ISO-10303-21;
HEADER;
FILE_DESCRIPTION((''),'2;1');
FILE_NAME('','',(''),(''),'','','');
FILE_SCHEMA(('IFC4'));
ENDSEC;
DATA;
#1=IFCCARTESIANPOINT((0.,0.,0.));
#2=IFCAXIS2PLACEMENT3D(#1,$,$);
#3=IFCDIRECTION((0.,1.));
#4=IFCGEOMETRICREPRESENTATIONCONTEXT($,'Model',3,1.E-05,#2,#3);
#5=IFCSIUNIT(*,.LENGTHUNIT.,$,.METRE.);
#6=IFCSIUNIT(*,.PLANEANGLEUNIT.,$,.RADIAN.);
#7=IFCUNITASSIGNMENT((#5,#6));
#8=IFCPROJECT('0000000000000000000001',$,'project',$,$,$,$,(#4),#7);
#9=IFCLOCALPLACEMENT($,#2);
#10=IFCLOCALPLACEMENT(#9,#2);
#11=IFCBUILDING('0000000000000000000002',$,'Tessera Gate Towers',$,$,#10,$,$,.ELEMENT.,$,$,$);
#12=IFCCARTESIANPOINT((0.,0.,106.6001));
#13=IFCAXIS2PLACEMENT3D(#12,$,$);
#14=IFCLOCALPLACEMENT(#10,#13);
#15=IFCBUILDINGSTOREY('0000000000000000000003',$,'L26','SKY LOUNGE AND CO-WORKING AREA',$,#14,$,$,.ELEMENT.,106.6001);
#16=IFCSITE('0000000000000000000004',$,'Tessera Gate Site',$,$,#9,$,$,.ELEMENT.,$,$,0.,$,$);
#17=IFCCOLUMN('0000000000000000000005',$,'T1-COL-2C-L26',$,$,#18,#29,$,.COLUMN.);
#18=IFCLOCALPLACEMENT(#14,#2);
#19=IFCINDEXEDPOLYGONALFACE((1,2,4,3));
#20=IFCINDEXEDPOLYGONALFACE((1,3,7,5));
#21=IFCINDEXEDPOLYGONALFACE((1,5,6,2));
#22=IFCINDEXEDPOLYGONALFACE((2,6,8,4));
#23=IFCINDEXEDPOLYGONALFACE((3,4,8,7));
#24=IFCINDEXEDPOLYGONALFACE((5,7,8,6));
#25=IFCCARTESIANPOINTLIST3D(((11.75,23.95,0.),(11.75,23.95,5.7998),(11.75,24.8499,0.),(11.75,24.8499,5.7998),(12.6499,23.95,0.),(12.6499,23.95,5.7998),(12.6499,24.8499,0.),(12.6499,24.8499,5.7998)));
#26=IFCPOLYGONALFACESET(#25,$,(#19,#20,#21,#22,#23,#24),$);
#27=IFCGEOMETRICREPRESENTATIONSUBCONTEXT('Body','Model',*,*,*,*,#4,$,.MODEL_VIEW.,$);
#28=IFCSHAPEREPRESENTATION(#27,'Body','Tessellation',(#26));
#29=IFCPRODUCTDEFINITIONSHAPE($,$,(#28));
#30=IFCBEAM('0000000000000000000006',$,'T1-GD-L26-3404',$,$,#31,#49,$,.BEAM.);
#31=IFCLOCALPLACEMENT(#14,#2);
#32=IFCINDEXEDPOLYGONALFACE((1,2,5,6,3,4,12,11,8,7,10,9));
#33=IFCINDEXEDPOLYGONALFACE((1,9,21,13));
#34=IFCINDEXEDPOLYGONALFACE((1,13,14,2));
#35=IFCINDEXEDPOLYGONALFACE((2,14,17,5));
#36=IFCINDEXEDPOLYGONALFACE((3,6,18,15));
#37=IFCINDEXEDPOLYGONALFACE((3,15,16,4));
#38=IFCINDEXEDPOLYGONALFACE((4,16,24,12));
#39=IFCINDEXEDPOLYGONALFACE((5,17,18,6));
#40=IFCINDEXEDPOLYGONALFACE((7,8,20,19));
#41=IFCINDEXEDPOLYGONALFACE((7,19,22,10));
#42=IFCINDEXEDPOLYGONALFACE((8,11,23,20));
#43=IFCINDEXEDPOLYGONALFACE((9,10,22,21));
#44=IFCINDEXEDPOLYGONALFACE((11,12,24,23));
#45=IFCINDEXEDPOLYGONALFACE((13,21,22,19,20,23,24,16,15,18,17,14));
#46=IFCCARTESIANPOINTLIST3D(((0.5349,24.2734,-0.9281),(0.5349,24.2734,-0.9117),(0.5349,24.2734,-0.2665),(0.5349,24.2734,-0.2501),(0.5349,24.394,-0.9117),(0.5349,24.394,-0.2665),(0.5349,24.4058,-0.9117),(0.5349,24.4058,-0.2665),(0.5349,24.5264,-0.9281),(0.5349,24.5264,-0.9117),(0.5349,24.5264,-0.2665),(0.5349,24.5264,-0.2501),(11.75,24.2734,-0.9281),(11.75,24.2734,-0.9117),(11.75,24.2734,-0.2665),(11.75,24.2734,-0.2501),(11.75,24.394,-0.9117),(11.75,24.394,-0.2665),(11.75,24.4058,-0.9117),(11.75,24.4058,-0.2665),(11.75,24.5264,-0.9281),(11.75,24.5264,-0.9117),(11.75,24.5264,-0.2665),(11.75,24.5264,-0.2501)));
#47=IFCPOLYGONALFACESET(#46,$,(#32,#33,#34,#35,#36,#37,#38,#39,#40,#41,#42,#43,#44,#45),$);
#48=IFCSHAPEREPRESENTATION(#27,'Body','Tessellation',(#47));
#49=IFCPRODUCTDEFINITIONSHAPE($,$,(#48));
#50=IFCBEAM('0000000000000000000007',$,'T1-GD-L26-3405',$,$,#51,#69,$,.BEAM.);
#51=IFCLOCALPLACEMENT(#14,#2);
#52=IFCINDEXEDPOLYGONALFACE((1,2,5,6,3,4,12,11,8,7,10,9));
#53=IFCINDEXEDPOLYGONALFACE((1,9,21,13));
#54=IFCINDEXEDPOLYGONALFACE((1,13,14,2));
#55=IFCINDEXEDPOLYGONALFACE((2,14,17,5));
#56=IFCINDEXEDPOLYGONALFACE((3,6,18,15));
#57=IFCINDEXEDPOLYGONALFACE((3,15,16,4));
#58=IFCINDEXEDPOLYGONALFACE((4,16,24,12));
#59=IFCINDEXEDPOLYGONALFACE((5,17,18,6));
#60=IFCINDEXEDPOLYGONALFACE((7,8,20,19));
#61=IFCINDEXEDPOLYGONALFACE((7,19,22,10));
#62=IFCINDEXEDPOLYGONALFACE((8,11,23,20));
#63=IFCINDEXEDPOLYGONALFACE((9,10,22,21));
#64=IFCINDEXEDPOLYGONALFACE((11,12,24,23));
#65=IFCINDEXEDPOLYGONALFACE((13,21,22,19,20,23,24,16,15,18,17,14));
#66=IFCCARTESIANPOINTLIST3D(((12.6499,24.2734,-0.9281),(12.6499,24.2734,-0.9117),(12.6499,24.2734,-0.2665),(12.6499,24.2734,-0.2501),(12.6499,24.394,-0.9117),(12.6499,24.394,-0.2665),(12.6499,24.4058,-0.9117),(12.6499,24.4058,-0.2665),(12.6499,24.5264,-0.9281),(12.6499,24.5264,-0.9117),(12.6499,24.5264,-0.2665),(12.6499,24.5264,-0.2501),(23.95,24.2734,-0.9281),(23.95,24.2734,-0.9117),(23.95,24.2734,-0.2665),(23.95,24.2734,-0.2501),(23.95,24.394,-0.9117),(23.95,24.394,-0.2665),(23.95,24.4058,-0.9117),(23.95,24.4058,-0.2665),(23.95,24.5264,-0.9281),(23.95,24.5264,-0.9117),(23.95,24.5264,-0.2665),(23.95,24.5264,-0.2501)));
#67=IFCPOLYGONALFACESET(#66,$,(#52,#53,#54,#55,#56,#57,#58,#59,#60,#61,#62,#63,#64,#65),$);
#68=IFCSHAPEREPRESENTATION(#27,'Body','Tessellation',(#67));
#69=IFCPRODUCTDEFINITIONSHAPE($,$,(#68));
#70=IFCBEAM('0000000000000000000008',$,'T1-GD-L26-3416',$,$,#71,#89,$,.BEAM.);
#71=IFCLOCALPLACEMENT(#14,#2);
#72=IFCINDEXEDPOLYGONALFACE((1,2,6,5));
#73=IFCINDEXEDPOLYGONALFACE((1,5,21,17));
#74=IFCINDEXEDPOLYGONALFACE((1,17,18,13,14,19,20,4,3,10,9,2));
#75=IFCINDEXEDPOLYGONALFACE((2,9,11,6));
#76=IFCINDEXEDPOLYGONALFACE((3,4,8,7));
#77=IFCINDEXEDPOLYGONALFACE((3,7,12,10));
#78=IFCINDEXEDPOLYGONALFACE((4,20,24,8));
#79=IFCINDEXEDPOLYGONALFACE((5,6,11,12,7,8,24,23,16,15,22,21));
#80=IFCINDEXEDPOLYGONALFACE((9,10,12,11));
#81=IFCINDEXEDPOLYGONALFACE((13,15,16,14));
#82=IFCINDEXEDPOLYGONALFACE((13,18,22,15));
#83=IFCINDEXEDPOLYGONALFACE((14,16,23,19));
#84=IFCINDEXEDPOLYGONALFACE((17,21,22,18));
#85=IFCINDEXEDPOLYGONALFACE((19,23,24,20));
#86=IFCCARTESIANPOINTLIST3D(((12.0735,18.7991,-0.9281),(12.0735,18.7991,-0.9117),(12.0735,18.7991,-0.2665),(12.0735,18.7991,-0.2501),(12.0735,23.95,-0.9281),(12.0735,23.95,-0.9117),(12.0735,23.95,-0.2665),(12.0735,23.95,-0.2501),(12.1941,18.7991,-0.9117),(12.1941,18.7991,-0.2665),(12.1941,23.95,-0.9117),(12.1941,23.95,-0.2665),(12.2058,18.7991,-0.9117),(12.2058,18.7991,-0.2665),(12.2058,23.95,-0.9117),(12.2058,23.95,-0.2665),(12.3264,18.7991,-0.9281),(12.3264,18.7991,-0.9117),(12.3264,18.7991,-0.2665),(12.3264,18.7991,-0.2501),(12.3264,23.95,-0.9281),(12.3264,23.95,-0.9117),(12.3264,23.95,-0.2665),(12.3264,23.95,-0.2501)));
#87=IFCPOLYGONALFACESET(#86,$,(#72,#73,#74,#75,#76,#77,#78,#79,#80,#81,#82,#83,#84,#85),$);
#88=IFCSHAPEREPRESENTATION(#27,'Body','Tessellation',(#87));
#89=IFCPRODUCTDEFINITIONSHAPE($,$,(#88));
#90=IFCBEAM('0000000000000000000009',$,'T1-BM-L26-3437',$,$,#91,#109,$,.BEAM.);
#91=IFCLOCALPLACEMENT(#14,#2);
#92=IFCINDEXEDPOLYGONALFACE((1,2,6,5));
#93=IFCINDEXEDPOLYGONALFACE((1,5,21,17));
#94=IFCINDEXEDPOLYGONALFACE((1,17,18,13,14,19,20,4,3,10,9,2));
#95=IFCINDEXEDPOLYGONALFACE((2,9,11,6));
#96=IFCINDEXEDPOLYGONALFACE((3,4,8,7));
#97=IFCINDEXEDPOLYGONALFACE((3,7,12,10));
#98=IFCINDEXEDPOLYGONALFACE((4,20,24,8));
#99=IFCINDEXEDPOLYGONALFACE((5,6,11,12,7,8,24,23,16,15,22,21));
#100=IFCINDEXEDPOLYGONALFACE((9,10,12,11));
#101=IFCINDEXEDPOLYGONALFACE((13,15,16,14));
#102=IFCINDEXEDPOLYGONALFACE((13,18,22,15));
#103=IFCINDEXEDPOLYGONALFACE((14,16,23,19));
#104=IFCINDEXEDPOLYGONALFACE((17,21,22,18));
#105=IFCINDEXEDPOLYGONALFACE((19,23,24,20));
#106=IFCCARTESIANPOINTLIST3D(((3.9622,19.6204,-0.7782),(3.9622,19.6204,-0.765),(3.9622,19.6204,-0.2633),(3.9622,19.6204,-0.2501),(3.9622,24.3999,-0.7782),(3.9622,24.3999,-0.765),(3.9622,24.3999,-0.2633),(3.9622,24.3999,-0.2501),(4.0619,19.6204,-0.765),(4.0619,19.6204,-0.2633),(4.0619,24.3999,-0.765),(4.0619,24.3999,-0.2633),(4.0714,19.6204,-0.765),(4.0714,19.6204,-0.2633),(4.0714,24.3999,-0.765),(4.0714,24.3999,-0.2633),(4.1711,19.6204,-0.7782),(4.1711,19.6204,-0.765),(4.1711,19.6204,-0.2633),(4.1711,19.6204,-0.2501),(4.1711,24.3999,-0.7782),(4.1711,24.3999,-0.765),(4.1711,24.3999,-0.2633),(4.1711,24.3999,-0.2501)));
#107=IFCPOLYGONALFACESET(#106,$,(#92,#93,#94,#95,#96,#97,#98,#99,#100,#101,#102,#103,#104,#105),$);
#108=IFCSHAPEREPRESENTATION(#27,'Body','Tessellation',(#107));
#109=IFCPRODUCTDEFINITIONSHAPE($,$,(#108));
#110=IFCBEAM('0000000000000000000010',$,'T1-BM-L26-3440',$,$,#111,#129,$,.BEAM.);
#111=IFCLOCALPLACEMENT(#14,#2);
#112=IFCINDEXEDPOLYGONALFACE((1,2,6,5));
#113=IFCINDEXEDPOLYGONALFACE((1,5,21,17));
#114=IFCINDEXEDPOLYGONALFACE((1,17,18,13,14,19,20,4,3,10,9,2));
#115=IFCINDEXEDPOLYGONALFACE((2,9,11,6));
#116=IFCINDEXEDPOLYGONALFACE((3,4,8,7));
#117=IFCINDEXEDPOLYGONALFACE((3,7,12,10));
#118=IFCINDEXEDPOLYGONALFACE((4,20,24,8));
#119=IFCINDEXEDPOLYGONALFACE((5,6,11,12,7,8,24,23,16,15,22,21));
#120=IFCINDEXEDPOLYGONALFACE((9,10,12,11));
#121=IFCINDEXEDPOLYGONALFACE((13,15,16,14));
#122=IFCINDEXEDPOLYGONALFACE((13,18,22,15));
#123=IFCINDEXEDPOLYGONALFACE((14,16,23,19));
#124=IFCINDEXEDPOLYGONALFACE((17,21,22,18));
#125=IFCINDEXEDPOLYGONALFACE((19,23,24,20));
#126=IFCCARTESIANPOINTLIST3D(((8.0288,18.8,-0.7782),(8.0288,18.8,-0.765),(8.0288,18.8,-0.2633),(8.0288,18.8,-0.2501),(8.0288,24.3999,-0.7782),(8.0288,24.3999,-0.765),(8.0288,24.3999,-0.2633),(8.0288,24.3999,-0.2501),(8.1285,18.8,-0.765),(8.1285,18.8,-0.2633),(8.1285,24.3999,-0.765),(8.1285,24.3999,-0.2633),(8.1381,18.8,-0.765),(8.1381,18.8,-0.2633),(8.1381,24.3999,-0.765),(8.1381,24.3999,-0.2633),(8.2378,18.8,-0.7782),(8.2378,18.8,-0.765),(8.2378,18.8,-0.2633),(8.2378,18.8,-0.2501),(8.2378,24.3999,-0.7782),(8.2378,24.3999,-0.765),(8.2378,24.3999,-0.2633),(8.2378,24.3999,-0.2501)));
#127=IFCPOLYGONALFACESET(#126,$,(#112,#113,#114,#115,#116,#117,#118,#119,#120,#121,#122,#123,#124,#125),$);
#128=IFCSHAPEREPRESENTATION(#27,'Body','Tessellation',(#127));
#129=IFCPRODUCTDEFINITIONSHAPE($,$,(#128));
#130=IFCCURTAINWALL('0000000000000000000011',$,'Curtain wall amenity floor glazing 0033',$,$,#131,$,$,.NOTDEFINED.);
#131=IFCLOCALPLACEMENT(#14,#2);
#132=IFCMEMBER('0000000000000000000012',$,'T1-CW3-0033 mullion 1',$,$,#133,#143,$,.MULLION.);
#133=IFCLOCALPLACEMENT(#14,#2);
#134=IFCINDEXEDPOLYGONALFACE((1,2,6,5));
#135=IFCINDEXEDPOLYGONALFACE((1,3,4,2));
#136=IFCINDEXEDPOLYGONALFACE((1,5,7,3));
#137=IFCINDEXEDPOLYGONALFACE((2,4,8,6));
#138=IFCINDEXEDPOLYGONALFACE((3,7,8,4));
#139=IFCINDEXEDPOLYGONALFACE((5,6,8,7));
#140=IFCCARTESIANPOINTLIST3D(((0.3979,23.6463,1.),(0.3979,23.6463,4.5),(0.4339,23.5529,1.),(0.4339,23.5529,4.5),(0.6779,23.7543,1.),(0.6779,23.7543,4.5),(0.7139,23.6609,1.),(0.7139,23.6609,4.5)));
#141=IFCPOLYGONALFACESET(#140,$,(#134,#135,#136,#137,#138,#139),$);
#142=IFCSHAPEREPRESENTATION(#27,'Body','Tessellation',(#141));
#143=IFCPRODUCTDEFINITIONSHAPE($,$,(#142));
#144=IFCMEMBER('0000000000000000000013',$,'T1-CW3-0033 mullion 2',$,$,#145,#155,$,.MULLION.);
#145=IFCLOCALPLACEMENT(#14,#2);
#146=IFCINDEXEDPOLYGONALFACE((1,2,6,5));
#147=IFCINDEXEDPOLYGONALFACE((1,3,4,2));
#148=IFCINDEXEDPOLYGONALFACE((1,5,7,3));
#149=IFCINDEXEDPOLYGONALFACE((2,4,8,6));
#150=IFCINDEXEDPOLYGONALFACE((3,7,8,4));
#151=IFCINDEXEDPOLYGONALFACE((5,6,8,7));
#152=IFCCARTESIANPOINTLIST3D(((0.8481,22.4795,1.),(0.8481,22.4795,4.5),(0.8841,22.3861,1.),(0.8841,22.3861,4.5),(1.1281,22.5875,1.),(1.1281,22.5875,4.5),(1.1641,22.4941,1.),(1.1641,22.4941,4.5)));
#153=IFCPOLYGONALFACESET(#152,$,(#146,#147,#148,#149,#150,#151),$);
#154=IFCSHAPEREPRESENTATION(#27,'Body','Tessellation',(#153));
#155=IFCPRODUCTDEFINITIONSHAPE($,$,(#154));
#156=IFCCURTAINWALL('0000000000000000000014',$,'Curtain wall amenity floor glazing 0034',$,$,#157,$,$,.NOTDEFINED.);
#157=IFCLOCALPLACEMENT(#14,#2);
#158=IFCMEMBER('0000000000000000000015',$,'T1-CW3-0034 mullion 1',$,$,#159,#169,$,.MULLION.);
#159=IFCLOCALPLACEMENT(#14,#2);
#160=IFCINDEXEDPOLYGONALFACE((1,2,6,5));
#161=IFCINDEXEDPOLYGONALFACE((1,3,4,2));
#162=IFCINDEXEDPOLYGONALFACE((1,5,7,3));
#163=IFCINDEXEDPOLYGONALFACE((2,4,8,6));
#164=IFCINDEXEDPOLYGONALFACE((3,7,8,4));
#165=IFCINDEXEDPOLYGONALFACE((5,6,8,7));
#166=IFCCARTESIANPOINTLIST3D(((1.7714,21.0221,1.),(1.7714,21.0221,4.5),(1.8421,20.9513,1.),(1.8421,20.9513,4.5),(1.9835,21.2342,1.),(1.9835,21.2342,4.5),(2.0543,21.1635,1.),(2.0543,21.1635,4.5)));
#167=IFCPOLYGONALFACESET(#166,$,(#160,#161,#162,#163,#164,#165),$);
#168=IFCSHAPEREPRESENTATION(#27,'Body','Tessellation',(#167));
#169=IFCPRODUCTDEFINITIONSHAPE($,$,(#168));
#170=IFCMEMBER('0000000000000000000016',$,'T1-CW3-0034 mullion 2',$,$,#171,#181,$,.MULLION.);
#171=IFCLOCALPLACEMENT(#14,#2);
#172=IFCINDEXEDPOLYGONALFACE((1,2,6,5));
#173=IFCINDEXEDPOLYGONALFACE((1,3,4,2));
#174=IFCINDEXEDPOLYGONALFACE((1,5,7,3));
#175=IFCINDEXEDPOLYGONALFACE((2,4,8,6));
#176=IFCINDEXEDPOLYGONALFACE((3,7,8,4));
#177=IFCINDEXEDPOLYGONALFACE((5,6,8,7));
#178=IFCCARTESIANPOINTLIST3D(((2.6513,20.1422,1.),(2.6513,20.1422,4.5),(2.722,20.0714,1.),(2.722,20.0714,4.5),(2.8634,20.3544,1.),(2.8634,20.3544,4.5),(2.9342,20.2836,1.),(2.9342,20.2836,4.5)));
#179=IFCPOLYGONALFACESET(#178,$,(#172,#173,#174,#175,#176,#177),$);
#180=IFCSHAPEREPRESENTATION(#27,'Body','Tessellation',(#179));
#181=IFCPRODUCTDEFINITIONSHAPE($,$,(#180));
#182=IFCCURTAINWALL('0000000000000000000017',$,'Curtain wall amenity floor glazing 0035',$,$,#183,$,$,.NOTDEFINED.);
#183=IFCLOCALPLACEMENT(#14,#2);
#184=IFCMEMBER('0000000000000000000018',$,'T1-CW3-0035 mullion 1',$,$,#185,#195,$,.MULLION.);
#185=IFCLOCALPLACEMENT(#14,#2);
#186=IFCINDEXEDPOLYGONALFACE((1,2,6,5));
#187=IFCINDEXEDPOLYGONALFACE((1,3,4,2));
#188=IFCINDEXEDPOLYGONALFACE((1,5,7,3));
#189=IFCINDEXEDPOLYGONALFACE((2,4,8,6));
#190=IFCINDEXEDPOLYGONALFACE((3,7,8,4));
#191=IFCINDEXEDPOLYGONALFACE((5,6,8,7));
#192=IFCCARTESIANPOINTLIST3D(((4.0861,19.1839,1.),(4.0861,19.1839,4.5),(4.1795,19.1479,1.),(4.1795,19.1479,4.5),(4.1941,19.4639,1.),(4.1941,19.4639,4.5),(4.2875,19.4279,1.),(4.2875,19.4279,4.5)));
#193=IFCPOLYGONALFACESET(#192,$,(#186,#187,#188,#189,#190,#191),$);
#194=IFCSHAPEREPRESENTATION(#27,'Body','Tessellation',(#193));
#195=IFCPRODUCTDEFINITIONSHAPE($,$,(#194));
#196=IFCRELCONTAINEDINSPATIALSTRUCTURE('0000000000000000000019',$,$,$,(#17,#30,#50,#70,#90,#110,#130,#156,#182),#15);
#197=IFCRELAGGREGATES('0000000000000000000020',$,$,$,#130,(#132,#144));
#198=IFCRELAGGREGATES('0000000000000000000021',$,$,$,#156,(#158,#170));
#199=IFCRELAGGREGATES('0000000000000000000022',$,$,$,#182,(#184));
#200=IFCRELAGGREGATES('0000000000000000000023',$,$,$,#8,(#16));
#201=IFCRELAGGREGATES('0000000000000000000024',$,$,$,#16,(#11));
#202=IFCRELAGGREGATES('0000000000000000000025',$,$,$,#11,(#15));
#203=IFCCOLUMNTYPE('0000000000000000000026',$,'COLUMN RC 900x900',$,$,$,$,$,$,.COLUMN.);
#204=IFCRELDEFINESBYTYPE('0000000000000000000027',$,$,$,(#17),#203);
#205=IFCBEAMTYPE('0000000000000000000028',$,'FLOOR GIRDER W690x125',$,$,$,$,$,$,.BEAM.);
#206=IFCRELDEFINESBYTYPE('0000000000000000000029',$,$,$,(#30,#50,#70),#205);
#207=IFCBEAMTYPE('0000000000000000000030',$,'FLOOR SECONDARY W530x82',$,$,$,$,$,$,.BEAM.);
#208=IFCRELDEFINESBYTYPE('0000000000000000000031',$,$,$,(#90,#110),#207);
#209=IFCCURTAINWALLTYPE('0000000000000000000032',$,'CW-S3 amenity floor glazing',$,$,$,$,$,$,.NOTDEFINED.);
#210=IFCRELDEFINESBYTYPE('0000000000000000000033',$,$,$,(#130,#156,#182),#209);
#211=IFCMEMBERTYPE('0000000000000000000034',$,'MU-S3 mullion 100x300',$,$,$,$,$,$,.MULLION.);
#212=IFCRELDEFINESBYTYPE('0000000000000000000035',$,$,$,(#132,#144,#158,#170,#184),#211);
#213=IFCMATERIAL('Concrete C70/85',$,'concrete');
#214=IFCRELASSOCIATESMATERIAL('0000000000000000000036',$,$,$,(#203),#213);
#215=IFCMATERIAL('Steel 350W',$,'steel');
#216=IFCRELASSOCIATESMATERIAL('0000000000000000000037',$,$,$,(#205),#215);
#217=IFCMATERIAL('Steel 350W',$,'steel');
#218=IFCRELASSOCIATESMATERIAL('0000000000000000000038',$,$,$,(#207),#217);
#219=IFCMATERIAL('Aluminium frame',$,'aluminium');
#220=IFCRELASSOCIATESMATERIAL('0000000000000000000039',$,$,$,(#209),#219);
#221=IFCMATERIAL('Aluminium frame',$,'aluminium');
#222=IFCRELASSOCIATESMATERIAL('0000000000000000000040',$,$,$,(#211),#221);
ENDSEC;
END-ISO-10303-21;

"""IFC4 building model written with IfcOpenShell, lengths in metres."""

from ifc_helpers import new_model, si_unit, direction, frame, origin, origin_2d, place, context, subcontext, project, spatial, rectangle, i_section, extrude, material, material_profile, profile_set, type_object, element, aggregate, save


model = new_model("IFC4")

# Units and contexts
model_context = context("Model", 3, precision=1e-05, world=origin(), true_north=direction((0.0, 1.0)))
body_context = subcontext(model_context, "Body", "Model", "MODEL_VIEW")
ifc_project = project(units=[si_unit("LENGTHUNIT", "METRE"), si_unit("PLANEANGLEUNIT", "RADIAN")], contexts=[model_context])

# Site, building, storey
site_placement = place(None, origin())
site = spatial("IfcSite", under=ifc_project, at=site_placement, Name="Tessera Gate Site", CompositionType="ELEMENT", RefElevation=0.0)
building_placement = place(site_placement, origin())
building = spatial("IfcBuilding", under=site, at=building_placement, Name="Tessera Gate Towers", CompositionType="ELEMENT")
storey_placement = place(building_placement, frame((0.0, 0.0, 106.6001)))
storey = spatial("IfcBuildingStorey", under=building, at=storey_placement, Name="L26", Description="SKY LOUNGE AND CO-WORKING AREA", CompositionType="ELEMENT", Elevation=106.6001)

# Column
ifc_material_1 = material(Name="Concrete C70/85", Category="concrete")
ifc_material_profile_1 = material_profile(ifc_material_1, rectangle(XDim=0.8999, YDim=0.8999, at=origin_2d()), Name="RC 900x900")
ifc_profile_set_1 = profile_set([ifc_material_profile_1], Name="Concrete C70/85")
column_type = type_object("IfcColumnType", Name="COLUMN RC 900x900", PredefinedType="COLUMN", material=ifc_profile_set_1)
column_placement = place(storey_placement, frame((12.2, 24.3999, 0.0), z_axis=(0.0, 0.0, 1.0), x_axis=(1.0, 0.0, 0.0)))
element("IfcColumn", 1, at=column_placement, inside=storey, type_object=column_type, Name="T1-COL-2C-L26", PredefinedType="COLUMN", context=body_context, shape_type="SweptSolid", body=[
    extrude(rectangle(XDim=0.8999, YDim=0.8999, at=origin_2d()), origin(), (0.0, 0.0, 1.0), 5.7998),
])

# Beams
ifc_material_2 = material(Name="Steel 350W", Category="steel")
ifc_material_profile_2 = material_profile(ifc_material_2, i_section(OverallWidth=0.2529, OverallDepth=0.678, WebThickness=0.0117, FlangeThickness=0.0164, at=origin_2d()), Name="W690x125")
ifc_profile_set_2 = profile_set([ifc_material_profile_2], Name="Steel 350W")
beam_type_1 = type_object("IfcBeamType", Name="FLOOR GIRDER W690x125", PredefinedType="BEAM", material=ifc_profile_set_2)
beam_1_placement = place(storey_placement, frame((0.5349, 24.3999, -0.5891), z_axis=(1.0, 0.0, 0.0), x_axis=(0.0, 1.0, 0.0)))
element("IfcBeam", 2, at=beam_1_placement, inside=storey, type_object=beam_type_1, Name="T1-GD-L26-3404", PredefinedType="BEAM", context=body_context, shape_type="SweptSolid", body=[
    extrude(i_section(OverallWidth=0.2529, OverallDepth=0.678, WebThickness=0.0117, FlangeThickness=0.0164, at=origin_2d()), origin(), (0.0, 0.0, 1.0), 11.2151),
])
beam_2_placement = place(storey_placement, frame((12.6499, 24.3999, -0.5891), z_axis=(1.0, 0.0, 0.0), x_axis=(0.0, 1.0, 0.0)))
element("IfcBeam", 3, at=beam_2_placement, inside=storey, type_object=beam_type_1, Name="T1-GD-L26-3405", PredefinedType="BEAM", context=body_context, shape_type="SweptSolid", body=[
    extrude(i_section(OverallWidth=0.2529, OverallDepth=0.678, WebThickness=0.0117, FlangeThickness=0.0164, at=origin_2d()), origin(), (0.0, 0.0, 1.0), 11.3),
])
beam_3_placement = place(storey_placement, frame((12.2, 18.7991, -0.5891), z_axis=(0.0, 1.0, 0.0), x_axis=(-1.0, 0.0, 0.0)))
element("IfcBeam", 4, at=beam_3_placement, inside=storey, type_object=beam_type_1, Name="T1-GD-L26-3416", PredefinedType="BEAM", context=body_context, shape_type="SweptSolid", body=[
    extrude(i_section(OverallWidth=0.2529, OverallDepth=0.678, WebThickness=0.0117, FlangeThickness=0.0164, at=origin_2d()), origin(), (0.0, 0.0, 1.0), 5.1509),
])
ifc_material_3 = material(Name="Steel 350W", Category="steel")
ifc_material_profile_3 = material_profile(ifc_material_3, i_section(OverallWidth=0.209, OverallDepth=0.5281, WebThickness=0.0095, FlangeThickness=0.0132, at=origin_2d()), Name="W530x82")
ifc_profile_set_3 = profile_set([ifc_material_profile_3], Name="Steel 350W")
beam_type_2 = type_object("IfcBeamType", Name="FLOOR SECONDARY W530x82", PredefinedType="BEAM", material=ifc_profile_set_3)
beam_4_placement = place(storey_placement, frame((4.0667, 19.6204, -0.5142), z_axis=(0.0, 1.0, 0.0), x_axis=(-1.0, 0.0, 0.0)))
element("IfcBeam", 5, at=beam_4_placement, inside=storey, type_object=beam_type_2, Name="T1-BM-L26-3437", PredefinedType="BEAM", context=body_context, shape_type="SweptSolid", body=[
    extrude(i_section(OverallWidth=0.209, OverallDepth=0.5281, WebThickness=0.0095, FlangeThickness=0.0132, at=origin_2d()), origin(), (0.0, 0.0, 1.0), 4.7795),
])
beam_5_placement = place(storey_placement, frame((8.1333, 18.8, -0.5142), z_axis=(0.0, 1.0, 0.0), x_axis=(-1.0, 0.0, 0.0)))
element("IfcBeam", 6, at=beam_5_placement, inside=storey, type_object=beam_type_2, Name="T1-BM-L26-3440", PredefinedType="BEAM", context=body_context, shape_type="SweptSolid", body=[
    extrude(i_section(OverallWidth=0.209, OverallDepth=0.5281, WebThickness=0.0095, FlangeThickness=0.0132, at=origin_2d()), origin(), (0.0, 0.0, 1.0), 5.5999),
])

# Curtain walls, members
ifc_material_4 = material(Name="Aluminium frame", Category="aluminium")
curtain_wall_type = type_object("IfcCurtainWallType", Name="CW-S3 amenity floor glazing", PredefinedType="NOTDEFINED", material=ifc_material_4)
curtain_wall_1_placement = place(storey_placement, origin())
curtain_wall_1 = element("IfcCurtainWall", 7, at=curtain_wall_1_placement, inside=storey, type_object=curtain_wall_type, Name="Curtain wall amenity floor glazing 0033", PredefinedType="NOTDEFINED")
ifc_material_5 = material(Name="Aluminium frame", Category="aluminium")
ifc_material_profile_4 = material_profile(ifc_material_5, rectangle(XDim=0.1001, YDim=0.3, at=origin_2d()), Name="AL 100x300")
ifc_profile_set_4 = profile_set([ifc_material_profile_4], Name="Aluminium frame")
member_type_1 = type_object("IfcMemberType", Name="MU-S3 mullion 100x300", PredefinedType="MULLION", material=ifc_profile_set_4)
member_1_placement = place(storey_placement, frame((0.5559, 23.6536, 1.0), z_axis=(0.0, 0.0, 1.0), x_axis=(0.359904, -0.932989, 0.0)))
member_1 = element("IfcMember", 8, at=member_1_placement, type_object=member_type_1, Name="T1-CW3-0033 mullion 1", PredefinedType="MULLION", context=body_context, shape_type="SweptSolid", body=[
    extrude(rectangle(XDim=0.1001, YDim=0.3, at=origin_2d()), origin(), (0.0, 0.0, 1.0), 3.5),
])
member_2_placement = place(storey_placement, frame((1.0061, 22.4868, 1.0), z_axis=(0.0, 0.0, 1.0), x_axis=(0.359904, -0.932989, 0.0)))
member_2 = element("IfcMember", 9, at=member_2_placement, type_object=member_type_1, Name="T1-CW3-0033 mullion 2", PredefinedType="MULLION", context=body_context, shape_type="SweptSolid", body=[
    extrude(rectangle(XDim=0.1001, YDim=0.3, at=origin_2d()), origin(), (0.0, 0.0, 1.0), 3.5),
])
curtain_wall_2_placement = place(storey_placement, origin())
curtain_wall_2 = element("IfcCurtainWall", 10, at=curtain_wall_2_placement, inside=storey, type_object=curtain_wall_type, Name="Curtain wall amenity floor glazing 0034", PredefinedType="NOTDEFINED")
member_3_placement = place(storey_placement, frame((1.9128, 21.0928, 1.0), z_axis=(0.0, 0.0, 1.0), x_axis=(0.707107, -0.707107, 0.0)))
member_3 = element("IfcMember", 11, at=member_3_placement, type_object=member_type_1, Name="T1-CW3-0034 mullion 1", PredefinedType="MULLION", context=body_context, shape_type="SweptSolid", body=[
    extrude(rectangle(XDim=0.1001, YDim=0.3, at=origin_2d()), origin(), (0.0, 0.0, 1.0), 3.5),
])
member_4_placement = place(storey_placement, frame((2.7927, 20.2129, 1.0), z_axis=(0.0, 0.0, 1.0), x_axis=(0.707107, -0.707107, 0.0)))
member_4 = element("IfcMember", 12, at=member_4_placement, type_object=member_type_1, Name="T1-CW3-0034 mullion 2", PredefinedType="MULLION", context=body_context, shape_type="SweptSolid", body=[
    extrude(rectangle(XDim=0.1001, YDim=0.3, at=origin_2d()), origin(), (0.0, 0.0, 1.0), 3.5),
])
curtain_wall_3_placement = place(storey_placement, origin())
curtain_wall_3 = element("IfcCurtainWall", 13, at=curtain_wall_3_placement, inside=storey, type_object=curtain_wall_type, Name="Curtain wall amenity floor glazing 0035", PredefinedType="NOTDEFINED")
member_5_placement = place(storey_placement, frame((4.1868, 19.3059, 1.0), z_axis=(0.0, 0.0, 1.0), x_axis=(0.932989, -0.359904, 0.0)))
member_5 = element("IfcMember", 14, at=member_5_placement, type_object=member_type_1, Name="T1-CW3-0035 mullion 1", PredefinedType="MULLION", context=body_context, shape_type="SweptSolid", body=[
    extrude(rectangle(XDim=0.1001, YDim=0.3, at=origin_2d()), origin(), (0.0, 0.0, 1.0), 3.5),
])

aggregate(curtain_wall_1, [member_1, member_2])
aggregate(curtain_wall_2, [member_3, member_4])
aggregate(curtain_wall_3, [member_5])

save(model, "model.ifc")
